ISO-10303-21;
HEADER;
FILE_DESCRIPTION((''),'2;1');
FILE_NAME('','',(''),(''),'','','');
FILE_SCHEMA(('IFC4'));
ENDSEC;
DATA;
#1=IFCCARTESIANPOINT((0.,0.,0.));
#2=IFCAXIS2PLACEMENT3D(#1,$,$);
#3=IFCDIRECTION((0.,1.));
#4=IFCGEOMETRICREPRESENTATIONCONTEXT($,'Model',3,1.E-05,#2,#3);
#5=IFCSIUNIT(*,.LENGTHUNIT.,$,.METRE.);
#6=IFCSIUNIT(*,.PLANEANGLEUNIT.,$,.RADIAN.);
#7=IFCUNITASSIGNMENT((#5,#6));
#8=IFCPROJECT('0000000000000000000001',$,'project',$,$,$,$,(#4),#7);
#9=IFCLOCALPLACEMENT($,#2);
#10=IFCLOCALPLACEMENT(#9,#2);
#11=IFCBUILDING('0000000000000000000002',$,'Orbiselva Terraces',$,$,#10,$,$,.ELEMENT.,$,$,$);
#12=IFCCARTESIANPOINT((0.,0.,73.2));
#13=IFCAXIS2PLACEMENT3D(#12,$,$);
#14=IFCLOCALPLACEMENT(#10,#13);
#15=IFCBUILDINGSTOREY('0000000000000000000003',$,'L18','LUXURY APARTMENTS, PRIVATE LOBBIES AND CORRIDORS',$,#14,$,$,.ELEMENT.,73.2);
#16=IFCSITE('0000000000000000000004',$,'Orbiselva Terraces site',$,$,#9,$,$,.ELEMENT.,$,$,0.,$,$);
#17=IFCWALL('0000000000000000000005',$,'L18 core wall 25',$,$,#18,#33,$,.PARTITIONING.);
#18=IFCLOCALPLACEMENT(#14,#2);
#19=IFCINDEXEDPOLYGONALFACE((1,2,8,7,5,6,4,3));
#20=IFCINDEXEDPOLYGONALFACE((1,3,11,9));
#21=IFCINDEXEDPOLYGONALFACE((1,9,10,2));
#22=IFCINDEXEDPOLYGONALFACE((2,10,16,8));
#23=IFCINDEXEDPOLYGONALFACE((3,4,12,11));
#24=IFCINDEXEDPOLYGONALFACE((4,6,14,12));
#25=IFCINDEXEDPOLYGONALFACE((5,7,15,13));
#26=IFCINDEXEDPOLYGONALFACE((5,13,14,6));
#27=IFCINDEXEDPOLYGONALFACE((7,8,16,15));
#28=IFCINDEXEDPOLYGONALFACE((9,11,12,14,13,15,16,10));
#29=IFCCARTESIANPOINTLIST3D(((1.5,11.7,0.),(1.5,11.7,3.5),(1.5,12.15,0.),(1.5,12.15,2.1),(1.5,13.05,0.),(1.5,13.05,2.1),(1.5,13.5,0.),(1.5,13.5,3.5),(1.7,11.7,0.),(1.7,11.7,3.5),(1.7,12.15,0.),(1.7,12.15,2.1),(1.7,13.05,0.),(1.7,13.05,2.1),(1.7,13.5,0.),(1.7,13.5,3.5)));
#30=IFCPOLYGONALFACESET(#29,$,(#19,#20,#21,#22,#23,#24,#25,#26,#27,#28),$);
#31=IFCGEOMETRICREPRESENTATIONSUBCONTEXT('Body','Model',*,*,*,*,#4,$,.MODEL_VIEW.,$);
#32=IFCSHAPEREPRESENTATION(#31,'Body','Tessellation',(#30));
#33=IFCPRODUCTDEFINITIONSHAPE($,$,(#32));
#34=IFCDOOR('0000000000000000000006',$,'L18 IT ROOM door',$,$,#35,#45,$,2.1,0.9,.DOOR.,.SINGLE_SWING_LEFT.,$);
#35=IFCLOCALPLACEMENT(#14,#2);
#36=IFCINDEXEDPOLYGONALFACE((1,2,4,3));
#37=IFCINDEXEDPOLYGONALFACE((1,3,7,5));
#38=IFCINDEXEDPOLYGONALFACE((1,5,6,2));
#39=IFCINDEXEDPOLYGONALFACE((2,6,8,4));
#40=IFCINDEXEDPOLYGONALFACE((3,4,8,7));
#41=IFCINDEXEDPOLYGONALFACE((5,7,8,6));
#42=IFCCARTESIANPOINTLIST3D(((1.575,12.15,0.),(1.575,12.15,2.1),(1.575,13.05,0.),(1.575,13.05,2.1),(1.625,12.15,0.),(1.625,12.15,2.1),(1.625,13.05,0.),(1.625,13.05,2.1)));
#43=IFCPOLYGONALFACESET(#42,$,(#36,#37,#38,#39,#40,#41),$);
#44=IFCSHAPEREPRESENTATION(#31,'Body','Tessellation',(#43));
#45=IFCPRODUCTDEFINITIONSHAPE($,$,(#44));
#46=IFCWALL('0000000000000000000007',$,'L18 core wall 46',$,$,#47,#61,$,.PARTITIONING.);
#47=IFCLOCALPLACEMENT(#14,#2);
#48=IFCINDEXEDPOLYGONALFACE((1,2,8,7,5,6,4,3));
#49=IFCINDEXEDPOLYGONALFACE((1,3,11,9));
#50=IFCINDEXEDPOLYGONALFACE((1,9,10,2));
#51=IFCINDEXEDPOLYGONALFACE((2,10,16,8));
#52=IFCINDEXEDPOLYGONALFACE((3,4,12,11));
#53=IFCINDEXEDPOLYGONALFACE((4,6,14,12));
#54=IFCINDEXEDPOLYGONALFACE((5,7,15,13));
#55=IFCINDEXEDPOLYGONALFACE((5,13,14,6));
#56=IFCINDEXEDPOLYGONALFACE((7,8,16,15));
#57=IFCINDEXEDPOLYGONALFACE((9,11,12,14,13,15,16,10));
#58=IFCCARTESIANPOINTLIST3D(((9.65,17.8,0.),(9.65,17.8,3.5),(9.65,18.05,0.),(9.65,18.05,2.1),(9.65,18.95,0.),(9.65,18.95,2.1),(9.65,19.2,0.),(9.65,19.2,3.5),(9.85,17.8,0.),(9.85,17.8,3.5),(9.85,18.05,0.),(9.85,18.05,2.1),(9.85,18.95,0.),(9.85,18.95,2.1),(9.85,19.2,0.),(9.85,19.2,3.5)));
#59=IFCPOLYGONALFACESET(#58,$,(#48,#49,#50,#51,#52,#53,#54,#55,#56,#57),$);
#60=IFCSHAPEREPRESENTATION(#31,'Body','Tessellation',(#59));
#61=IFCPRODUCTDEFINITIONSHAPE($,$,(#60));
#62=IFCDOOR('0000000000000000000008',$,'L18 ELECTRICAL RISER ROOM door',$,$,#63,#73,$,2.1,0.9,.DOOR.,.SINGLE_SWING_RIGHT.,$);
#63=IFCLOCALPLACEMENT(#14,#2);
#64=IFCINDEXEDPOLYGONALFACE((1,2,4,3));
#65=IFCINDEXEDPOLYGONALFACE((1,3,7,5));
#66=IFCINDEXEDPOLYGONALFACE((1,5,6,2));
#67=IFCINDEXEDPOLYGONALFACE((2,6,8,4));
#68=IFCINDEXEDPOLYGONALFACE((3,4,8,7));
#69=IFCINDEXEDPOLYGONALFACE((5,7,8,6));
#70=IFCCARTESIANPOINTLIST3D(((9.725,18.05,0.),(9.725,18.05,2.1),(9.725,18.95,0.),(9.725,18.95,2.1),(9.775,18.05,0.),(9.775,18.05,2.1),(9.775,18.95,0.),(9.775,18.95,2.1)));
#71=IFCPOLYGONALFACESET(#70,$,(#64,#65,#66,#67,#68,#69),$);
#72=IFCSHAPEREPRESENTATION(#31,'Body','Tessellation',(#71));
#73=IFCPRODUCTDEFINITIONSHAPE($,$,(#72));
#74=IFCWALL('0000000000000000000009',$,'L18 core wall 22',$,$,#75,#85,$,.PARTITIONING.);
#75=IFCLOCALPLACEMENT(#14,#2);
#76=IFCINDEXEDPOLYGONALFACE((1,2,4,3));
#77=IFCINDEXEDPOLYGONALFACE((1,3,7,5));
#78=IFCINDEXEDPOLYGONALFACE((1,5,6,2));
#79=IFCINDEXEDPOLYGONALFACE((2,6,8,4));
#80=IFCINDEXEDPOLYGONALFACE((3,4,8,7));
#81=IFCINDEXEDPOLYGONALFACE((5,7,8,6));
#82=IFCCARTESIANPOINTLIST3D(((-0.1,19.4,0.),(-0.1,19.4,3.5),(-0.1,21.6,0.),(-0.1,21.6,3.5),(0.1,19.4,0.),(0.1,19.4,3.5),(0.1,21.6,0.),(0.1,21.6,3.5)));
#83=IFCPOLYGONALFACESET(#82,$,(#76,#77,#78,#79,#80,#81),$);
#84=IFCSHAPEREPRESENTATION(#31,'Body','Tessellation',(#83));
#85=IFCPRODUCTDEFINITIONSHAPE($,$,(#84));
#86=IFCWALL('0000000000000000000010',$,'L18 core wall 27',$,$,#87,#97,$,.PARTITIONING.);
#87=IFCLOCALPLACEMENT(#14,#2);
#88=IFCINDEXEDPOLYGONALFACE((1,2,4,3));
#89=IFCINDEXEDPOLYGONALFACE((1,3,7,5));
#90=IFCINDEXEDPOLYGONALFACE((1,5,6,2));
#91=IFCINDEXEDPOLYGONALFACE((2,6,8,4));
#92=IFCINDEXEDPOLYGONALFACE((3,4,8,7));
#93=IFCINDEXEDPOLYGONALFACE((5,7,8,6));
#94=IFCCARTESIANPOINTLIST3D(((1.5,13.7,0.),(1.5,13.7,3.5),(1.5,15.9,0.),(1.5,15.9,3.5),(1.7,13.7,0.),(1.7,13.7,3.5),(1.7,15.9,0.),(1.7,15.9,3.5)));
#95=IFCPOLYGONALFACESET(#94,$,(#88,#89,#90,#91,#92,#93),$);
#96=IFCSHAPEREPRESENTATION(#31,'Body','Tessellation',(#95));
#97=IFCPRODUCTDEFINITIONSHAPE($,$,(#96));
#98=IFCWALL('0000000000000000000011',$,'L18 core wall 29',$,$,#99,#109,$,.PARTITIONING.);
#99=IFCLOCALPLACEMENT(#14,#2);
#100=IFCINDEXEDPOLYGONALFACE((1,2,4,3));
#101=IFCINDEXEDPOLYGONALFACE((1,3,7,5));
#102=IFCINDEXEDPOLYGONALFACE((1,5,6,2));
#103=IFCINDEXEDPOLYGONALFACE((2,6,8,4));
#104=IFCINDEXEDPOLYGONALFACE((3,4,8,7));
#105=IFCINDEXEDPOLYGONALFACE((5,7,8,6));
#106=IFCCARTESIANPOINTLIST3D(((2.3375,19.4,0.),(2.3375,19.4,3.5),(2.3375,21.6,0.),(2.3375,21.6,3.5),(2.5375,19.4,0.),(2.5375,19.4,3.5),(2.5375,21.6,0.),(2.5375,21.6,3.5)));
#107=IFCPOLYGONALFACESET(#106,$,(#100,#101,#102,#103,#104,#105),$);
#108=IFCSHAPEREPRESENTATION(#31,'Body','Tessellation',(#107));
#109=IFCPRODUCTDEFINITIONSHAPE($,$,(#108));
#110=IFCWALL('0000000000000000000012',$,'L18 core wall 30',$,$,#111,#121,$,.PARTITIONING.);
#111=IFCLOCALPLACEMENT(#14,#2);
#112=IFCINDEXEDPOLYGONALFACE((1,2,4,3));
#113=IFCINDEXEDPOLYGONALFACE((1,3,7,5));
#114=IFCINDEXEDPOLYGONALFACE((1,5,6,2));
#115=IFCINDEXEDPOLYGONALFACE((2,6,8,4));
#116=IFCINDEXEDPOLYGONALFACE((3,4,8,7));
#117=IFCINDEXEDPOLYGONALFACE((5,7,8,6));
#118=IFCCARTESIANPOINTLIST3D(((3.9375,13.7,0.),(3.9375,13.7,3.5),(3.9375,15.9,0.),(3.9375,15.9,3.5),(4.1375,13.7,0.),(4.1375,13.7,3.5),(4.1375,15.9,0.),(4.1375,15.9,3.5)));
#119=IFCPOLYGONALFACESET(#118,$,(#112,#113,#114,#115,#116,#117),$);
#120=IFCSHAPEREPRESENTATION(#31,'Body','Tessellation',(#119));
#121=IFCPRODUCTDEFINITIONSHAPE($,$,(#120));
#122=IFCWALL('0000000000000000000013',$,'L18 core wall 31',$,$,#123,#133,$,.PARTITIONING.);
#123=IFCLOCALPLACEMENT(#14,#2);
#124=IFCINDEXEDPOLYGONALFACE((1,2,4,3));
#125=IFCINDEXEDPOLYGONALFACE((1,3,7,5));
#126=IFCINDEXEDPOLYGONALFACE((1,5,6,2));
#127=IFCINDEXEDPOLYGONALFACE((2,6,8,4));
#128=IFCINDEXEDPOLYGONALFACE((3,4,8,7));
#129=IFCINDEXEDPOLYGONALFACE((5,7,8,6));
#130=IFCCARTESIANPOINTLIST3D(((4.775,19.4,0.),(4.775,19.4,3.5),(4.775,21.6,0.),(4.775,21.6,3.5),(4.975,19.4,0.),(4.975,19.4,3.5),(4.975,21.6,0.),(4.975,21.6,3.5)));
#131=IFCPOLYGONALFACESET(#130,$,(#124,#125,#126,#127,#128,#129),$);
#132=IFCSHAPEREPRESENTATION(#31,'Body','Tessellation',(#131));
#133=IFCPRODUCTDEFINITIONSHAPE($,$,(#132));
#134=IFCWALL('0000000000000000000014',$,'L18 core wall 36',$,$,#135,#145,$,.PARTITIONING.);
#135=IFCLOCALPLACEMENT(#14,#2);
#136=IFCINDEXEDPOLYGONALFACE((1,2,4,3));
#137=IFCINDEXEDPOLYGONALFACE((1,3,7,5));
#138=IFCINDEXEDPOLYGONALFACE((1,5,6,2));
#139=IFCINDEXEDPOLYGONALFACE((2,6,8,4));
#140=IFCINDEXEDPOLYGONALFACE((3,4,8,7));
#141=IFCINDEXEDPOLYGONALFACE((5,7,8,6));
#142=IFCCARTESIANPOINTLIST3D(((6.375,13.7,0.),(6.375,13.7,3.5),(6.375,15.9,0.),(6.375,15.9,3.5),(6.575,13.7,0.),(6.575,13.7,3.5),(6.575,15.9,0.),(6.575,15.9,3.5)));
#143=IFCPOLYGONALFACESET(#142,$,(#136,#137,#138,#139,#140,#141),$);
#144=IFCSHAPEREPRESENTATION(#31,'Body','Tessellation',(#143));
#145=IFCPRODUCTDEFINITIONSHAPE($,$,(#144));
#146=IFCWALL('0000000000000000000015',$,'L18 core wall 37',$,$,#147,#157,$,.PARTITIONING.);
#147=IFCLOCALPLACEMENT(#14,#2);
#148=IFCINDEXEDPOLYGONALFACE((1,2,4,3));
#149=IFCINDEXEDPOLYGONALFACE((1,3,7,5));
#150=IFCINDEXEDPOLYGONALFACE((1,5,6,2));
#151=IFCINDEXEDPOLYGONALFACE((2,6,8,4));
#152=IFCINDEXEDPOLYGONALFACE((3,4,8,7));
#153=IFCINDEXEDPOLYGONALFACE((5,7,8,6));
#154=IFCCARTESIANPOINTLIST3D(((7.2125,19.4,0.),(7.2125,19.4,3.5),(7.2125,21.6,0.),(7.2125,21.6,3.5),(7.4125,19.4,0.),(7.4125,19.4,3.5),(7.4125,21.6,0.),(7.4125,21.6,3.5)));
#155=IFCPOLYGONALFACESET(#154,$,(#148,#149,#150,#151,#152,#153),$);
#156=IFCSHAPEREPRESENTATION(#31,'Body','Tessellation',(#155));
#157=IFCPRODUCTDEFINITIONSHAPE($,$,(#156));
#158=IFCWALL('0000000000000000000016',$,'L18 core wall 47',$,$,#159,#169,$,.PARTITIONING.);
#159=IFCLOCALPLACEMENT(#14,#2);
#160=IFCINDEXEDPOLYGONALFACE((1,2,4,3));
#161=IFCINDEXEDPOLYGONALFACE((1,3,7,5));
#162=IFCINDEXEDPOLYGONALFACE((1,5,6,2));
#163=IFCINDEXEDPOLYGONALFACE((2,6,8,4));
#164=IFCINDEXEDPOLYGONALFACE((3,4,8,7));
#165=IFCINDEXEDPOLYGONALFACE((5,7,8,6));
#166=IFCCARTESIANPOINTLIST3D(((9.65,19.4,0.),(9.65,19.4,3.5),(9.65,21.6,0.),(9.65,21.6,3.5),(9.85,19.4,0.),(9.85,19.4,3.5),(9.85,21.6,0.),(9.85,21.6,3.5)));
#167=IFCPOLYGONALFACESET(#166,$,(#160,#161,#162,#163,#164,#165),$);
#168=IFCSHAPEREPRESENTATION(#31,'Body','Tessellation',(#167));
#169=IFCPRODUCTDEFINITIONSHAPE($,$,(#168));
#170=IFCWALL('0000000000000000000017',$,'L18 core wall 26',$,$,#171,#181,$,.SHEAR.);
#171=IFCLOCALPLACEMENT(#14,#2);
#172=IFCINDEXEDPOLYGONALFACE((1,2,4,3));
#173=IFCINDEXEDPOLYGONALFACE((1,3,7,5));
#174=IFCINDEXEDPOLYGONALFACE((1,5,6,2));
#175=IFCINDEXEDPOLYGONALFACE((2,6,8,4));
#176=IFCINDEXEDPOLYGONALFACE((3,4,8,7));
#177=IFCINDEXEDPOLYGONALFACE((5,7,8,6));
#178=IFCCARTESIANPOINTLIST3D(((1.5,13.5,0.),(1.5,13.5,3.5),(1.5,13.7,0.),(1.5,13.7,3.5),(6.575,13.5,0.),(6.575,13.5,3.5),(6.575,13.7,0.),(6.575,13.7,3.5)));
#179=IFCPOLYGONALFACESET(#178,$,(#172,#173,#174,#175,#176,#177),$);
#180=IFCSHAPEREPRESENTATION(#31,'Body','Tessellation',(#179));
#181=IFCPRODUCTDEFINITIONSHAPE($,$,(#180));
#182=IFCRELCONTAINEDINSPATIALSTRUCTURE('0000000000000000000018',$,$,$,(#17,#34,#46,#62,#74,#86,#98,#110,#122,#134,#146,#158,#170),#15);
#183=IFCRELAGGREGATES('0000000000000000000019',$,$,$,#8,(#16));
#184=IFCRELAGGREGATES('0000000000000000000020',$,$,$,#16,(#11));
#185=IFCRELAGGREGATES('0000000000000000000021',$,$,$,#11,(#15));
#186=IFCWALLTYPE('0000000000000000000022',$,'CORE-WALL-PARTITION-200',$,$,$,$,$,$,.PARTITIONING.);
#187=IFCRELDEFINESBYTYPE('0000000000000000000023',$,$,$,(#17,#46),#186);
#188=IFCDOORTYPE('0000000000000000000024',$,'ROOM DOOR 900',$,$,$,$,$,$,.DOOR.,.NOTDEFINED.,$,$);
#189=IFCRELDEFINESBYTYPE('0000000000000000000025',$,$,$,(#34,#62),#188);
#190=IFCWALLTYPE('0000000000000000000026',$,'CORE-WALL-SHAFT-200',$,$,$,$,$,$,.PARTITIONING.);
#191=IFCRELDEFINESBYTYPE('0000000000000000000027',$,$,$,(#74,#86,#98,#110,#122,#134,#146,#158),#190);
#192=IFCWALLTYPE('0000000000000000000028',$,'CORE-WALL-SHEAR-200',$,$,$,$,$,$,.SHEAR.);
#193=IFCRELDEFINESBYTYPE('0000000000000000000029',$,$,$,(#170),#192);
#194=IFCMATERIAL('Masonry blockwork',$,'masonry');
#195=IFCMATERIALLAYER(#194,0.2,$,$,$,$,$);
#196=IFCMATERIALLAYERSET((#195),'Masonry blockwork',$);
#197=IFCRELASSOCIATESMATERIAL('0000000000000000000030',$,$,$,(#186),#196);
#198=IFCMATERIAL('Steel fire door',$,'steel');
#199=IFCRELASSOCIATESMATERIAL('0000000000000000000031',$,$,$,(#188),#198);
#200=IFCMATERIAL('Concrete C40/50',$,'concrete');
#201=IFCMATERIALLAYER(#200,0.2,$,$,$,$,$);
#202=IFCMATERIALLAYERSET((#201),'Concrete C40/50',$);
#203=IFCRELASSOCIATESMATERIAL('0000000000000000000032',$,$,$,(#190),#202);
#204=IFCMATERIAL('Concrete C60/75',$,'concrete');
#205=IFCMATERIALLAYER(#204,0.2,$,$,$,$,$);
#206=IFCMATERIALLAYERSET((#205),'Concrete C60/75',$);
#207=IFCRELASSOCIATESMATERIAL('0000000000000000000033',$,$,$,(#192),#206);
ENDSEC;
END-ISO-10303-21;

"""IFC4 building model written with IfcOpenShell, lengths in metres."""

from ifc_helpers import new_model, si_unit, direction, frame, frame_2d, origin, place, context, subcontext, project, spatial, rectangle, extrude, material, layer, layer_set, type_object, element, fill, save


model = new_model("IFC4")

# Units and contexts
model_context = context("Model", 3, precision=1e-05, world=origin(), true_north=direction((0.0, 1.0)))
body_context = subcontext(model_context, "Body", "Model", "MODEL_VIEW")
ifc_project = project(units=[si_unit("LENGTHUNIT", "METRE"), si_unit("PLANEANGLEUNIT", "RADIAN")], contexts=[model_context])

# Site, building, storey
site_placement = place(None, origin())
site = spatial("IfcSite", under=ifc_project, at=site_placement, Name="Orbiselva Terraces site", CompositionType="ELEMENT", RefElevation=0.0)
building_placement = place(site_placement, origin())
building = spatial("IfcBuilding", under=site, at=building_placement, Name="Orbiselva Terraces", CompositionType="ELEMENT")
storey_placement = place(building_placement, frame((0.0, 0.0, 73.2)))
storey = spatial("IfcBuildingStorey", under=building, at=storey_placement, Name="L18", Description="LUXURY APARTMENTS, PRIVATE LOBBIES AND CORRIDORS", CompositionType="ELEMENT", Elevation=73.2)

# Walls, openings, doors
ifc_material_1 = material(Name="Masonry blockwork", Category="masonry")
ifc_layer_1 = layer(ifc_material_1, 0.2)
ifc_layer_set_1 = layer_set([ifc_layer_1], Name="Masonry blockwork")
wall_type_1 = type_object("IfcWallType", Name="CORE-WALL-PARTITION-200", PredefinedType="PARTITIONING", material=ifc_layer_set_1)
wall_1_placement = place(storey_placement, frame((1.6, 13.5, 0.0), z_axis=(0.0, 0.0, 1.0), x_axis=(0.0, -1.0, 0.0)))
wall_1 = element("IfcWall", 1, at=wall_1_placement, inside=storey, type_object=wall_type_1, Name="L18 core wall 25", PredefinedType="PARTITIONING", context=body_context, shape_type="SweptSolid", body=[
    extrude(rectangle(XDim=1.8, YDim=0.2, at=frame_2d((0.9, 0.0))), origin(), (0.0, 0.0, 1.0), 3.5),
])
opening_1_placement = place(wall_1_placement, frame((0.45, 0.0, 0.0)))
opening_1 = element("IfcOpeningElement", 2, at=opening_1_placement, cuts=wall_1, PredefinedType="OPENING", context=body_context, shape_type="SweptSolid", body=[
    extrude(rectangle(XDim=0.9, YDim=2.1, at=frame_2d((0.45, 1.05))), frame((0.0, 0.11, 0.0), z_axis=(0.0, -1.0, 0.0), x_axis=(1.0, 0.0, 0.0)), (0.0, 0.0, 1.0), 0.22),
])
ifc_material_2 = material(Name="Steel fire door", Category="steel")
door_type = type_object("IfcDoorType", Name="ROOM DOOR 900", OperationType="NOTDEFINED", PredefinedType="DOOR", material=ifc_material_2)
door_1_placement = place(opening_1_placement, origin())
door_1 = element("IfcDoor", 3, at=door_1_placement, inside=storey, type_object=door_type, Name="L18 IT ROOM door", OperationType="SINGLE_SWING_LEFT", OverallHeight=2.1, OverallWidth=0.9, PredefinedType="DOOR", context=body_context, shape_type="SweptSolid", body=[
    extrude(rectangle(XDim=0.9, YDim=2.1, at=frame_2d((0.45, 1.05))), frame((0.0, 0.025, 0.0), z_axis=(0.0, -1.0, 0.0), x_axis=(1.0, 0.0, 0.0)), (0.0, 0.0, 1.0), 0.05),
])
fill(opening_1, door_1)
wall_2_placement = place(storey_placement, frame((9.75, 19.2, 0.0), z_axis=(0.0, 0.0, 1.0), x_axis=(0.0, -1.0, 0.0)))
wall_2 = element("IfcWall", 4, at=wall_2_placement, inside=storey, type_object=wall_type_1, Name="L18 core wall 46", PredefinedType="PARTITIONING", context=body_context, shape_type="SweptSolid", body=[
    extrude(rectangle(XDim=1.4, YDim=0.2, at=frame_2d((0.7, 0.0))), origin(), (0.0, 0.0, 1.0), 3.5),
])
opening_2_placement = place(wall_2_placement, frame((0.25, 0.0, 0.0)))
opening_2 = element("IfcOpeningElement", 5, at=opening_2_placement, cuts=wall_2, PredefinedType="OPENING", context=body_context, shape_type="SweptSolid", body=[
    extrude(rectangle(XDim=0.9, YDim=2.1, at=frame_2d((0.45, 1.05))), frame((0.0, 0.11, 0.0), z_axis=(0.0, -1.0, 0.0), x_axis=(1.0, 0.0, 0.0)), (0.0, 0.0, 1.0), 0.22),
])
door_2_placement = place(opening_2_placement, origin())
door_2 = element("IfcDoor", 6, at=door_2_placement, inside=storey, type_object=door_type, Name="L18 ELECTRICAL RISER ROOM door", OperationType="SINGLE_SWING_RIGHT", OverallHeight=2.1, OverallWidth=0.9, PredefinedType="DOOR", context=body_context, shape_type="SweptSolid", body=[
    extrude(rectangle(XDim=0.9, YDim=2.1, at=frame_2d((0.45, 1.05))), frame((0.0, 0.025, 0.0), z_axis=(0.0, -1.0, 0.0), x_axis=(1.0, 0.0, 0.0)), (0.0, 0.0, 1.0), 0.05),
])
fill(opening_2, door_2)

# Walls
ifc_material_3 = material(Name="Concrete C40/50", Category="concrete")
ifc_layer_2 = layer(ifc_material_3, 0.2)
ifc_layer_set_2 = layer_set([ifc_layer_2], Name="Concrete C40/50")
wall_type_2 = type_object("IfcWallType", Name="CORE-WALL-SHAFT-200", PredefinedType="PARTITIONING", material=ifc_layer_set_2)
for number, where, z_axis, x_axis, name in (
    (7, (0.0, 19.4, 0.0), (0.0, 0.0, 1.0), (0.0, 1.0, 0.0), "L18 core wall 22"),
    (8, (1.6, 13.7, 0.0), (0.0, 0.0, 1.0), (0.0, 1.0, 0.0), "L18 core wall 27"),
    (9, (2.4375, 19.4, 0.0), (0.0, 0.0, 1.0), (0.0, 1.0, 0.0), "L18 core wall 29"),
    (10, (4.0375, 13.7, 0.0), (0.0, 0.0, 1.0), (0.0, 1.0, 0.0), "L18 core wall 30"),
    (11, (4.875, 19.4, 0.0), (0.0, 0.0, 1.0), (0.0, 1.0, 0.0), "L18 core wall 31"),
    (12, (6.475, 13.7, 0.0), (0.0, 0.0, 1.0), (0.0, 1.0, 0.0), "L18 core wall 36"),
    (13, (7.3125, 19.4, 0.0), (0.0, 0.0, 1.0), (0.0, 1.0, 0.0), "L18 core wall 37"),
    (14, (9.75, 19.4, 0.0), (0.0, 0.0, 1.0), (0.0, 1.0, 0.0), "L18 core wall 47"),
):
    element("IfcWall", number, at=place(storey_placement, frame(where, z_axis=z_axis, x_axis=x_axis)), inside=storey, type_object=wall_type_2, Name=name, PredefinedType="PARTITIONING", context=body_context, shape_type="SweptSolid", body=[
        extrude(rectangle(XDim=2.2, YDim=0.2, at=frame_2d((1.1, 0.0))), origin(), (0.0, 0.0, 1.0), 3.5),
    ])
ifc_material_4 = material(Name="Concrete C60/75", Category="concrete")
ifc_layer_3 = layer(ifc_material_4, 0.2)
ifc_layer_set_3 = layer_set([ifc_layer_3], Name="Concrete C60/75")
wall_type_3 = type_object("IfcWallType", Name="CORE-WALL-SHEAR-200", PredefinedType="SHEAR", material=ifc_layer_set_3)
wall_3_placement = place(storey_placement, frame((1.5, 13.6, 0.0), z_axis=(0.0, 0.0, 1.0), x_axis=(1.0, 0.0, 0.0)))
element("IfcWall", 15, at=wall_3_placement, inside=storey, type_object=wall_type_3, Name="L18 core wall 26", PredefinedType="SHEAR", context=body_context, shape_type="SweptSolid", body=[
    extrude(rectangle(XDim=5.075, YDim=0.2, at=frame_2d((2.5375, 0.0))), origin(), (0.0, 0.0, 1.0), 3.5),
])

save(model, "model.ifc")
